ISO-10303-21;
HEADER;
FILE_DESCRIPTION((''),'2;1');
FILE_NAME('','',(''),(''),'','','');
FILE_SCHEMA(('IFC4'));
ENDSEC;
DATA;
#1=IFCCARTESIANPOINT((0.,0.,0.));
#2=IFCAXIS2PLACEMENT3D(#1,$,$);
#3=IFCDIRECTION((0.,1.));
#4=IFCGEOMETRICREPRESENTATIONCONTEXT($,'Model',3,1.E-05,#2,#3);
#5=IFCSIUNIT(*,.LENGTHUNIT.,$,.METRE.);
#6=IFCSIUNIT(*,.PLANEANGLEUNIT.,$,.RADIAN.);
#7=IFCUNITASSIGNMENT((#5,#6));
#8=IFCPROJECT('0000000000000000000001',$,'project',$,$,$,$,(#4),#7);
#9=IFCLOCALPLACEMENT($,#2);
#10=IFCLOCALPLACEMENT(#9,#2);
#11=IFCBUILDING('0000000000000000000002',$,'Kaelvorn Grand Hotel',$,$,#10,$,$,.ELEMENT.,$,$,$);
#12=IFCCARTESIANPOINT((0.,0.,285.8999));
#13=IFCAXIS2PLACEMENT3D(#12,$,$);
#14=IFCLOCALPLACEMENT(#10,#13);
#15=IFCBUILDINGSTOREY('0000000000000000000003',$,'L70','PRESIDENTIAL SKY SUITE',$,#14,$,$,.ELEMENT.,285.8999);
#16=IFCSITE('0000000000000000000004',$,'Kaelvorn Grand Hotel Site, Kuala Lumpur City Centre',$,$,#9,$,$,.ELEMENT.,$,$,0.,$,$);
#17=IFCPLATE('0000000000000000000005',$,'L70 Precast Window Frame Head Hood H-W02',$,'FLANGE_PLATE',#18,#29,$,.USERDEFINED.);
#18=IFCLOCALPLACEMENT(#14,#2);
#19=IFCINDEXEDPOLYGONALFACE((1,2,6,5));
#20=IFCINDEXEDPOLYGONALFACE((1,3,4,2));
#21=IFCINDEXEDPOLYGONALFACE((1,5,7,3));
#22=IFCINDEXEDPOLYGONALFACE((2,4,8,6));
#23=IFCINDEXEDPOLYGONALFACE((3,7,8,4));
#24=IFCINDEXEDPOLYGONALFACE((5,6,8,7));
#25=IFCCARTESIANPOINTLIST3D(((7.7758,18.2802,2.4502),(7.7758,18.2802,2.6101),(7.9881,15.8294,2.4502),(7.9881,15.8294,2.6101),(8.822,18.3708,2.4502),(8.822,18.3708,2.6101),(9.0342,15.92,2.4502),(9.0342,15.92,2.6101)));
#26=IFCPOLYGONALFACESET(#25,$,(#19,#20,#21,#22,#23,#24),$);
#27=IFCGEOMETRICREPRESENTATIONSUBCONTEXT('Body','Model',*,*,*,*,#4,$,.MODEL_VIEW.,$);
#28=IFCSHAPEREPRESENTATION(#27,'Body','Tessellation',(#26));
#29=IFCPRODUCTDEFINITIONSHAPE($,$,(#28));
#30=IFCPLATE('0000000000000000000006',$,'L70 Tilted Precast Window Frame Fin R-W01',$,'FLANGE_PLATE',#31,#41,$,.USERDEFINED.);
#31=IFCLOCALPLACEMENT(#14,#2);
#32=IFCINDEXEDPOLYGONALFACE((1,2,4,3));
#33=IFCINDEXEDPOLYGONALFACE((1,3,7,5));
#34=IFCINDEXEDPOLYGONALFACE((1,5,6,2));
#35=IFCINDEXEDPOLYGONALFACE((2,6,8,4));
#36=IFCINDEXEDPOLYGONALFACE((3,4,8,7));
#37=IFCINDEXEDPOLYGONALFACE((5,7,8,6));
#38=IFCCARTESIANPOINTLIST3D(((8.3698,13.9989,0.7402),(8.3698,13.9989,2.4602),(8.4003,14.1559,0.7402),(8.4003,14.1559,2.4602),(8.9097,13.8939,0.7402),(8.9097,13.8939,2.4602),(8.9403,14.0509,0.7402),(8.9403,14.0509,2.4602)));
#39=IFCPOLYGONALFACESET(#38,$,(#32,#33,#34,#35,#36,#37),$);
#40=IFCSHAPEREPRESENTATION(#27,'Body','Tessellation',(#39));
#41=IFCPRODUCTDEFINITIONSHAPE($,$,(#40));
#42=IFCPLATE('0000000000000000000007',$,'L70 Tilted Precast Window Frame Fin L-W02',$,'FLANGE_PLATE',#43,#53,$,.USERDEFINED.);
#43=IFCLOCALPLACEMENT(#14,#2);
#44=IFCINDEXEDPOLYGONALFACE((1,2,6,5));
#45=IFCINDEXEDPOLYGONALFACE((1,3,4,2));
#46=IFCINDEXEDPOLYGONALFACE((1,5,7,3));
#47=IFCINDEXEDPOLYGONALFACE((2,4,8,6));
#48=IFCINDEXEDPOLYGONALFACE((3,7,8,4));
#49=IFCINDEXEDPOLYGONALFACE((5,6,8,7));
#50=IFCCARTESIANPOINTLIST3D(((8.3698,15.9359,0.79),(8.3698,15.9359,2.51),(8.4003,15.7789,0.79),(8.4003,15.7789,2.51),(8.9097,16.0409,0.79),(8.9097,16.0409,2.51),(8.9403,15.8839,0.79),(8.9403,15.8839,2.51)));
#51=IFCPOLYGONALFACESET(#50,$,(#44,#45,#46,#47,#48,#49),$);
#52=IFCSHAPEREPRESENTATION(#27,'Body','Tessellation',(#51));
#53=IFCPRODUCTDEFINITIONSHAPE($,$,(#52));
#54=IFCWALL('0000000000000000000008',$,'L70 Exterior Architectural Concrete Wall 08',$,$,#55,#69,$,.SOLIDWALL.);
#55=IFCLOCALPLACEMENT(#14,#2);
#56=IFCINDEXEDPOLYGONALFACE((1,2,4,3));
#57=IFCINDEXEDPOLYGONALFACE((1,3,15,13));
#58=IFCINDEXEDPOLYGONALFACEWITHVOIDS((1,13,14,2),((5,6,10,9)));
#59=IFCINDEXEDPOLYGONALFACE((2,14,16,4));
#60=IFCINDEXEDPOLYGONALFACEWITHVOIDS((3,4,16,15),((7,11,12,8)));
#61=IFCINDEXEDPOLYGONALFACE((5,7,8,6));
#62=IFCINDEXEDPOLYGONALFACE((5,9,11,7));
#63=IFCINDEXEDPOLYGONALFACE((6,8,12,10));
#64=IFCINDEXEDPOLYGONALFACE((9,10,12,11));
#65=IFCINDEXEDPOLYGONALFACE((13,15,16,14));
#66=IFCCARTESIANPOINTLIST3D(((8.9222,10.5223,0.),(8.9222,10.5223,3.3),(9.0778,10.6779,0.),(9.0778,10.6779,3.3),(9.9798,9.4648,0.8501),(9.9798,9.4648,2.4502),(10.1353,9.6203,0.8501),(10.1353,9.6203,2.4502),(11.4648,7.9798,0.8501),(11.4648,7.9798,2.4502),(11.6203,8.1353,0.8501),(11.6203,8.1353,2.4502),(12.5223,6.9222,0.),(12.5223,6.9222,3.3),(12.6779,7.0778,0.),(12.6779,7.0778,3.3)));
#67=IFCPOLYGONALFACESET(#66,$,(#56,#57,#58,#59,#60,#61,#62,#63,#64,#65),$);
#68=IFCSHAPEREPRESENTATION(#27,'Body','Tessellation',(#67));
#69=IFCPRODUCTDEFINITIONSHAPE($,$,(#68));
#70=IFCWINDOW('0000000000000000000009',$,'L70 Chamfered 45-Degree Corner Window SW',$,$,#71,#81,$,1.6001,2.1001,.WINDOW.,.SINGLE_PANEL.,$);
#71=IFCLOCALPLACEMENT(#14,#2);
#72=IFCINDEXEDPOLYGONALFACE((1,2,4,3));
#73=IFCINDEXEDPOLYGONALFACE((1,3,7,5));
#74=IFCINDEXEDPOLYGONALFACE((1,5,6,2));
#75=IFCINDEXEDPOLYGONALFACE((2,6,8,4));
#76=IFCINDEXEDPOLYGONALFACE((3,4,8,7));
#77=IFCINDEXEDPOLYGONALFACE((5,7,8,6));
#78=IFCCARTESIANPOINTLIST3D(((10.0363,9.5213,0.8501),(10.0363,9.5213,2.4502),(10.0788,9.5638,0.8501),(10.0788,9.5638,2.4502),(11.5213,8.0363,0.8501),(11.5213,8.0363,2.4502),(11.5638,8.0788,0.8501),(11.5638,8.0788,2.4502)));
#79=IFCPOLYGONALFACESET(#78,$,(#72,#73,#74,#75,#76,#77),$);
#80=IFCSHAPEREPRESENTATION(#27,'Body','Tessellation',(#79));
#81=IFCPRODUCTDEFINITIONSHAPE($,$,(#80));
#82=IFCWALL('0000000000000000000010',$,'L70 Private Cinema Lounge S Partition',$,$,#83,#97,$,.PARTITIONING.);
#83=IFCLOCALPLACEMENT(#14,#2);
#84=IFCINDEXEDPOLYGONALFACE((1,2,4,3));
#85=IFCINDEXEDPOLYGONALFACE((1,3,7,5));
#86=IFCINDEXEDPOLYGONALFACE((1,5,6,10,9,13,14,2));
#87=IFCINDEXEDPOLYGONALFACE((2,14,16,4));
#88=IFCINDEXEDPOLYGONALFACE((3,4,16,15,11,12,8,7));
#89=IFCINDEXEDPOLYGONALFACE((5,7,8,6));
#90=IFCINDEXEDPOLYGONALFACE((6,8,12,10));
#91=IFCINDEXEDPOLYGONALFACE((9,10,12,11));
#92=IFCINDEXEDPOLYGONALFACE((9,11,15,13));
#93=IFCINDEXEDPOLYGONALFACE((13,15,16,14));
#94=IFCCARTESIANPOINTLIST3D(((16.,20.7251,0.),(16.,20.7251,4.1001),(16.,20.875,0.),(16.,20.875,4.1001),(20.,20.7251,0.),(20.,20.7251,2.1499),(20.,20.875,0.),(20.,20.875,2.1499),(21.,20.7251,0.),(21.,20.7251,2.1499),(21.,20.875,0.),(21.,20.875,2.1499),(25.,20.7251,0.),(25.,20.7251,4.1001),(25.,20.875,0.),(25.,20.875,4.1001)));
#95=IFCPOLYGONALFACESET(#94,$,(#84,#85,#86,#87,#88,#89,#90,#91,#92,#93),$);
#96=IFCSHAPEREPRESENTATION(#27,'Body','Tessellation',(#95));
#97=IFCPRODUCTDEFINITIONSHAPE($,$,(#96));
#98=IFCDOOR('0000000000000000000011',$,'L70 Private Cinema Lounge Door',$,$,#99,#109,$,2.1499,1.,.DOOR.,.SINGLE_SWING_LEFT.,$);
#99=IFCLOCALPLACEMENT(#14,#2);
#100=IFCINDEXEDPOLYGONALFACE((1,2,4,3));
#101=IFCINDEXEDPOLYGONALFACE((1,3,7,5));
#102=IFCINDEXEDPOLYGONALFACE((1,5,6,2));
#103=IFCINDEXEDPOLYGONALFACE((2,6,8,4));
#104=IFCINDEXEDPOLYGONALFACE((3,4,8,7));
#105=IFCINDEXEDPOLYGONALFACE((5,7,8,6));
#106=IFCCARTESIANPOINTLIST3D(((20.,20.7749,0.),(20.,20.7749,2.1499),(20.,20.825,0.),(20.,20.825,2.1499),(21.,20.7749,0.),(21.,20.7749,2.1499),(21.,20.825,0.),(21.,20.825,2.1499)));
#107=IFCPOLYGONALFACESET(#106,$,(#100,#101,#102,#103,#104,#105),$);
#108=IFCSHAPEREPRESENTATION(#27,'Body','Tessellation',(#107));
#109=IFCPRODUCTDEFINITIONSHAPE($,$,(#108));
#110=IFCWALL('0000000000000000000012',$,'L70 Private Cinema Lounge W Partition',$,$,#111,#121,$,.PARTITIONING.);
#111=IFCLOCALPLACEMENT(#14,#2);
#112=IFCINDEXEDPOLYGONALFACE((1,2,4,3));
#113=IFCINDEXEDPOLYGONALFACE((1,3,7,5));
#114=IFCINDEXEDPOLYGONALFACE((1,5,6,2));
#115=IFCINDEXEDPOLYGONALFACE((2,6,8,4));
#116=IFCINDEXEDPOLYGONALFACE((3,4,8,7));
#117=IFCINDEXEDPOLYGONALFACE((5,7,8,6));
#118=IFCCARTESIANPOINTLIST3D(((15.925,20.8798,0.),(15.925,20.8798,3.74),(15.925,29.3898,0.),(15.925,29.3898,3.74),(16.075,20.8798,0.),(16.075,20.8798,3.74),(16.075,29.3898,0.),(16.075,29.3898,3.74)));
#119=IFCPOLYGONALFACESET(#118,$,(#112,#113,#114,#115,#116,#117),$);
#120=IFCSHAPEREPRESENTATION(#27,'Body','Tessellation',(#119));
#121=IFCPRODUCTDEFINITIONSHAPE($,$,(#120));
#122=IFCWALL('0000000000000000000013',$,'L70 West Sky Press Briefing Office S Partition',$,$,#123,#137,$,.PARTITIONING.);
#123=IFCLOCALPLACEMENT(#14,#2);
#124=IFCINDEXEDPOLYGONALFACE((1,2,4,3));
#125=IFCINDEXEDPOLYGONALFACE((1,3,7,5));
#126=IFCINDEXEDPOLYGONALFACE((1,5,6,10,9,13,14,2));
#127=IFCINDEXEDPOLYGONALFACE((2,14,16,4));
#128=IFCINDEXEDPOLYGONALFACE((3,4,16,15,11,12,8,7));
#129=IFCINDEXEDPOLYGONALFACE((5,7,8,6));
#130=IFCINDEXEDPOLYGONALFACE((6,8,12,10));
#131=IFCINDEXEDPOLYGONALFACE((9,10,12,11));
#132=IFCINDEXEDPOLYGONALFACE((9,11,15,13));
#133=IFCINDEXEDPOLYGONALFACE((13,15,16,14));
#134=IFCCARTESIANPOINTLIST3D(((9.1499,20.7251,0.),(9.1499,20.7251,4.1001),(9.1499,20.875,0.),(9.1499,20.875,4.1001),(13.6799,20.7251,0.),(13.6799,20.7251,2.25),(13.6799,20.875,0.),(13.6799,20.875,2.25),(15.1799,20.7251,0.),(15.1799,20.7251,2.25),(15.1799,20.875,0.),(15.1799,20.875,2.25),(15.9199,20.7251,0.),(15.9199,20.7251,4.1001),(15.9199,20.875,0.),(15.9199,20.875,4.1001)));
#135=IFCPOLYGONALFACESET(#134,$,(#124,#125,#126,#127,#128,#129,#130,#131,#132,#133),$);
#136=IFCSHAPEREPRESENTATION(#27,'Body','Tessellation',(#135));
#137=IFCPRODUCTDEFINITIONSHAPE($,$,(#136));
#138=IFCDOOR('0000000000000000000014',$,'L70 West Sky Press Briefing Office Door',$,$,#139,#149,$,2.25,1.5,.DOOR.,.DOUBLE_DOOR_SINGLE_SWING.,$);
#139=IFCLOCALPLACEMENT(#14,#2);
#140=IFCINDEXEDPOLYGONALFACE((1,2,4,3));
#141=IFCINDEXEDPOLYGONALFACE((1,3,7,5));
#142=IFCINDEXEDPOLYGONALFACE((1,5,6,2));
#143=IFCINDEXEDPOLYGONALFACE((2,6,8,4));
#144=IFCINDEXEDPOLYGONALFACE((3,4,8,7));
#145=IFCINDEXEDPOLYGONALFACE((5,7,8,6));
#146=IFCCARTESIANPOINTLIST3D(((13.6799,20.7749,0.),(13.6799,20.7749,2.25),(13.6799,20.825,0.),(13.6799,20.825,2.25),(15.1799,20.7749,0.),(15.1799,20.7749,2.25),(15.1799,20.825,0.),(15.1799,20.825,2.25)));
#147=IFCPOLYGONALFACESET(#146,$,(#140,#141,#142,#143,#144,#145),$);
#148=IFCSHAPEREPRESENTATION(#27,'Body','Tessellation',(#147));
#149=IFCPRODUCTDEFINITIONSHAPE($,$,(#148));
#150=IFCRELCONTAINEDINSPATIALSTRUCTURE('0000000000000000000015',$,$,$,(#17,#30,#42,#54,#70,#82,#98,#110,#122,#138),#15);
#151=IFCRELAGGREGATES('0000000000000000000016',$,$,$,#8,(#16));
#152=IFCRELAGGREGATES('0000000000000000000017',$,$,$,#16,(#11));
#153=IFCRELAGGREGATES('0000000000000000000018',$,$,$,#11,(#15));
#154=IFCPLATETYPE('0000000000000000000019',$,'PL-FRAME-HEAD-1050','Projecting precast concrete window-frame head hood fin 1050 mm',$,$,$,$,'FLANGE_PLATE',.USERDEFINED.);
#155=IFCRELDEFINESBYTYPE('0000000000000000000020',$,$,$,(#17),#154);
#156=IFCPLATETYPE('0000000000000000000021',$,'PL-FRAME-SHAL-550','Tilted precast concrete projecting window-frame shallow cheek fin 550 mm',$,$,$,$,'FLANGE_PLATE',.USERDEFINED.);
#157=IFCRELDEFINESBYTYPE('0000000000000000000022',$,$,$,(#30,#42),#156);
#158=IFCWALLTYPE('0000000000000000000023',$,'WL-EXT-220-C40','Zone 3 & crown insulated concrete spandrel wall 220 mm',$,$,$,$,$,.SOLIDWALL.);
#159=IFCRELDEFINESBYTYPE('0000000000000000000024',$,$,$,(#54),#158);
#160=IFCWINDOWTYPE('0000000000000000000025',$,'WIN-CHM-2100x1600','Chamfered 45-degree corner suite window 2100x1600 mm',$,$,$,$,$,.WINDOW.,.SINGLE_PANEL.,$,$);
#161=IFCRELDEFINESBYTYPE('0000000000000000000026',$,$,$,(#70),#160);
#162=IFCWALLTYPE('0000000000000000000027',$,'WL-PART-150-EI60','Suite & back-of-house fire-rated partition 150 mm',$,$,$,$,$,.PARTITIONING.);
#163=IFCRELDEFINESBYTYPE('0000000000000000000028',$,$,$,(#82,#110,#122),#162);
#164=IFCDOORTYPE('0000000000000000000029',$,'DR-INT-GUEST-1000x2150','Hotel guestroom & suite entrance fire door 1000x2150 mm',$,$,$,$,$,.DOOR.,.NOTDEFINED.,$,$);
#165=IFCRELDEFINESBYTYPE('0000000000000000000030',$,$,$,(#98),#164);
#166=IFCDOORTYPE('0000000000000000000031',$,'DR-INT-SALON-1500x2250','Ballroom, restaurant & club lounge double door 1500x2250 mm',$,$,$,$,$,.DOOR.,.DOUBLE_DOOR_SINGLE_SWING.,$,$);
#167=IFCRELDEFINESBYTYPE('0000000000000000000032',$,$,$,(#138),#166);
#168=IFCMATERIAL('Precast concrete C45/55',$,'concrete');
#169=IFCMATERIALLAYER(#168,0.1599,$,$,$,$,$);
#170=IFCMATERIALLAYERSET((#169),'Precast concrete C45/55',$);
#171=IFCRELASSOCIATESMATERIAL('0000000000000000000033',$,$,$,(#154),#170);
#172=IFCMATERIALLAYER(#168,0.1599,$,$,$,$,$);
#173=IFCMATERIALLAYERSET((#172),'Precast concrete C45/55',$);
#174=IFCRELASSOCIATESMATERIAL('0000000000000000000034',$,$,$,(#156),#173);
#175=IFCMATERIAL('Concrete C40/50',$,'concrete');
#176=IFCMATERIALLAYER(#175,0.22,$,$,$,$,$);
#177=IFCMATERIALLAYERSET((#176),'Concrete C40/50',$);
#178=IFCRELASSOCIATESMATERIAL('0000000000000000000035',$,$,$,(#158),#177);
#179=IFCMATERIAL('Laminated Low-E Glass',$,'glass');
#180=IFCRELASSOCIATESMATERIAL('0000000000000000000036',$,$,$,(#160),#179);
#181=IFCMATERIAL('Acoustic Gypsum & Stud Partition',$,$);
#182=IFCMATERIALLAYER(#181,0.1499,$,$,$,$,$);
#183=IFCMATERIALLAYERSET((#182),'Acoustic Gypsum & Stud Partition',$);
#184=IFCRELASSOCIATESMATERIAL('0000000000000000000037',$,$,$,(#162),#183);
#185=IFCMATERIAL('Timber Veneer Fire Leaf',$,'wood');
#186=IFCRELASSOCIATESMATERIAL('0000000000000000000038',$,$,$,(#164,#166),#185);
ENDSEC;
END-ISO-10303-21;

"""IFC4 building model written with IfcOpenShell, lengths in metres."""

from ifc_helpers import new_model, si_unit, direction, frame, frame_2d, origin, origin_2d, place, context, subcontext, project, spatial, rectangle, extrude, material, layer, layer_set, type_object, element, fill, save


model = new_model("IFC4")

# Units and contexts
model_context = context("Model", 3, precision=1e-05, world=origin(), true_north=direction((0.0, 1.0)))
body_context = subcontext(model_context, "Body", "Model", "MODEL_VIEW")
ifc_project = project(units=[si_unit("LENGTHUNIT", "METRE"), si_unit("PLANEANGLEUNIT", "RADIAN")], contexts=[model_context])

# Site, building, storey
site_placement = place(None, origin())
site = spatial("IfcSite", under=ifc_project, at=site_placement, Name="Kaelvorn Grand Hotel Site, Kuala Lumpur City Centre", CompositionType="ELEMENT", RefElevation=0.0)
building_placement = place(site_placement, origin())
building = spatial("IfcBuilding", under=site, at=building_placement, Name="Kaelvorn Grand Hotel", CompositionType="ELEMENT")
storey_placement = place(building_placement, frame((0.0, 0.0, 285.8999)))
storey = spatial("IfcBuildingStorey", under=building, at=storey_placement, Name="L70", Description="PRESIDENTIAL SKY SUITE", CompositionType="ELEMENT", Elevation=285.8999)

# Plates
ifc_material_1 = material(Name="Precast concrete C45/55", Category="concrete")
ifc_layer_1 = layer(ifc_material_1, 0.1599)
ifc_layer_set_1 = layer_set([ifc_layer_1], Name="Precast concrete C45/55")
plate_type_1 = type_object("IfcPlateType", Name="PL-FRAME-HEAD-1050", Description="Projecting precast concrete window-frame head hood fin 1050 mm", ElementType="FLANGE_PLATE", PredefinedType="USERDEFINED", material=ifc_layer_set_1)
plate_1_placement = place(storey_placement, frame((8.405, 17.1001, 2.4502), z_axis=(0.0, 0.0, 1.0), x_axis=(-0.086286, 0.99627, 0.0)))
element("IfcPlate", 1, at=plate_1_placement, inside=storey, type_object=plate_type_1, Name="L70 Precast Window Frame Head Hood H-W02", ObjectType="FLANGE_PLATE", PredefinedType="USERDEFINED", context=body_context, shape_type="SweptSolid", body=[
    extrude(rectangle(XDim=2.46, YDim=1.05, at=origin_2d()), origin(), (0.0, 0.0, 1.0), 0.1599),
])
ifc_layer_2 = layer(ifc_material_1, 0.1599)
ifc_layer_set_2 = layer_set([ifc_layer_2], Name="Precast concrete C45/55")
plate_type_2 = type_object("IfcPlateType", Name="PL-FRAME-SHAL-550", Description="Tilted precast concrete projecting window-frame shallow cheek fin 550 mm", ElementType="FLANGE_PLATE", PredefinedType="USERDEFINED", material=ifc_layer_set_2)
for number, where, z_axis, x_axis, name in (
    (2, (8.655, 14.0249, 0.7402), (0.0, 0.0, 1.0), (0.190809, 0.981627, 0.0), "L70 Tilted Precast Window Frame Fin R-W01"),
    (3, (8.655, 15.9099, 0.79), (0.0, 0.0, 1.0), (-0.190809, 0.981627, 0.0), "L70 Tilted Precast Window Frame Fin L-W02"),
):
    element("IfcPlate", number, at=place(storey_placement, frame(where, z_axis=z_axis, x_axis=x_axis)), inside=storey, type_object=plate_type_2, Name=name, ObjectType="FLANGE_PLATE", PredefinedType="USERDEFINED", context=body_context, shape_type="SweptSolid", body=[
        extrude(rectangle(XDim=0.1599, YDim=0.55, at=origin_2d()), origin(), (0.0, 0.0, 1.0), 1.72),
    ])

# Wall, opening, window
ifc_material_2 = material(Name="Concrete C40/50", Category="concrete")
ifc_layer_3 = layer(ifc_material_2, 0.22)
ifc_layer_set_3 = layer_set([ifc_layer_3], Name="Concrete C40/50")
wall_type_1 = type_object("IfcWallType", Name="WL-EXT-220-C40", Description="Zone 3 & crown insulated concrete spandrel wall 220 mm", PredefinedType="SOLIDWALL", material=ifc_layer_set_3)
wall_1_placement = place(storey_placement, frame((9.0, 10.6001, 0.0), z_axis=(0.0, 0.0, 1.0), x_axis=(0.707107, -0.707107, 0.0)))
wall_1 = element("IfcWall", 4, at=wall_1_placement, inside=storey, type_object=wall_type_1, Name="L70 Exterior Architectural Concrete Wall 08", PredefinedType="SOLIDWALL", context=body_context, shape_type="SweptSolid", body=[
    extrude(rectangle(XDim=5.0913, YDim=0.22, at=frame_2d((2.5457, 0.0))), origin(), (0.0, 0.0, 1.0), 3.3),
])
opening_1_placement = place(wall_1_placement, frame((1.4956, 0.0, 0.8501)))
opening_1 = element("IfcOpeningElement", 5, at=opening_1_placement, cuts=wall_1, PredefinedType="OPENING", context=body_context, shape_type="SweptSolid", body=[
    extrude(rectangle(XDim=2.1001, YDim=1.6001, at=frame_2d((1.05, 0.8))), frame((0.0, 0.1201, 0.0), z_axis=(0.0, -1.0, 0.0), x_axis=(1.0, 0.0, 0.0)), (0.0, 0.0, 1.0), 0.24),
])
ifc_material_3 = material(Name="Laminated Low-E Glass", Category="glass")
window_type = type_object("IfcWindowType", Name="WIN-CHM-2100x1600", Description="Chamfered 45-degree corner suite window 2100x1600 mm", PartitioningType="SINGLE_PANEL", PredefinedType="WINDOW", material=ifc_material_3)
window_placement = place(opening_1_placement, origin())
window = element("IfcWindow", 6, at=window_placement, inside=storey, type_object=window_type, Name="L70 Chamfered 45-Degree Corner Window SW", OverallHeight=1.6001, OverallWidth=2.1001, PartitioningType="SINGLE_PANEL", PredefinedType="WINDOW", context=body_context, shape_type="SweptSolid", body=[
    extrude(rectangle(XDim=2.1001, YDim=1.6001, at=frame_2d((1.05, 0.8))), frame((0.0, 0.03, 0.0), z_axis=(0.0, -1.0, 0.0), x_axis=(1.0, 0.0, 0.0)), (0.0, 0.0, 1.0), 0.0601),
])
fill(opening_1, window)

# Wall, opening, door
ifc_material_4 = material(Name="Acoustic Gypsum & Stud Partition")
ifc_layer_4 = layer(ifc_material_4, 0.1499)
ifc_layer_set_4 = layer_set([ifc_layer_4], Name="Acoustic Gypsum & Stud Partition")
wall_type_2 = type_object("IfcWallType", Name="WL-PART-150-EI60", Description="Suite & back-of-house fire-rated partition 150 mm", PredefinedType="PARTITIONING", material=ifc_layer_set_4)
wall_2_placement = place(storey_placement, frame((16.0, 20.8, 0.0), z_axis=(0.0, 0.0, 1.0), x_axis=(1.0, 0.0, 0.0)))
wall_2 = element("IfcWall", 7, at=wall_2_placement, inside=storey, type_object=wall_type_2, Name="L70 Private Cinema Lounge S Partition", PredefinedType="PARTITIONING", context=body_context, shape_type="SweptSolid", body=[
    extrude(rectangle(XDim=9.0, YDim=0.1499, at=frame_2d((4.5, 0.0))), origin(), (0.0, 0.0, 1.0), 4.1001),
])
opening_2_placement = place(wall_2_placement, frame((4.0, 0.0, 0.0)))
opening_2 = element("IfcOpeningElement", 8, at=opening_2_placement, cuts=wall_2, PredefinedType="OPENING", context=body_context, shape_type="SweptSolid", body=[
    extrude(rectangle(XDim=1.0, YDim=2.1499, at=frame_2d((0.5, 1.075))), frame((0.0, 0.085, 0.0), z_axis=(0.0, -1.0, 0.0), x_axis=(1.0, 0.0, 0.0)), (0.0, 0.0, 1.0), 0.1699),
])
ifc_material_5 = material(Name="Timber Veneer Fire Leaf", Category="wood")
door_type_1 = type_object("IfcDoorType", Name="DR-INT-GUEST-1000x2150", Description="Hotel guestroom & suite entrance fire door 1000x2150 mm", OperationType="NOTDEFINED", PredefinedType="DOOR", material=ifc_material_5)
door_1_placement = place(opening_2_placement, origin())
door_1 = element("IfcDoor", 9, at=door_1_placement, inside=storey, type_object=door_type_1, Name="L70 Private Cinema Lounge Door", OperationType="SINGLE_SWING_LEFT", OverallHeight=2.1499, OverallWidth=1.0, PredefinedType="DOOR", context=body_context, shape_type="SweptSolid", body=[
    extrude(rectangle(XDim=1.0, YDim=2.1499, at=frame_2d((0.5, 1.075))), frame((0.0, 0.0249, 0.0), z_axis=(0.0, -1.0, 0.0), x_axis=(1.0, 0.0, 0.0)), (0.0, 0.0, 1.0), 0.05),
])
fill(opening_2, door_1)

# Wall
wall_3_placement = place(storey_placement, frame((16.0, 20.8799, 0.0), z_axis=(0.0, 0.0, 1.0), x_axis=(0.0, 1.0, 0.0)))
element("IfcWall", 10, at=wall_3_placement, inside=storey, type_object=wall_type_2, Name="L70 Private Cinema Lounge W Partition", PredefinedType="PARTITIONING", context=body_context, shape_type="SweptSolid", body=[
    extrude(rectangle(XDim=8.51, YDim=0.1499, at=frame_2d((4.2549, 0.0))), origin(), (0.0, 0.0, 1.0), 3.74),
])

# Wall, opening, door
wall_4_placement = place(storey_placement, frame((9.1499, 20.8, 0.0), z_axis=(0.0, 0.0, 1.0), x_axis=(1.0, 0.0, 0.0)))
wall_4 = element("IfcWall", 11, at=wall_4_placement, inside=storey, type_object=wall_type_2, Name="L70 West Sky Press Briefing Office S Partition", PredefinedType="PARTITIONING", context=body_context, shape_type="SweptSolid", body=[
    extrude(rectangle(XDim=6.77, YDim=0.1499, at=frame_2d((3.385, 0.0))), origin(), (0.0, 0.0, 1.0), 4.1001),
])
opening_3_placement = place(wall_4_placement, frame((4.53, 0.0, 0.0)))
opening_3 = element("IfcOpeningElement", 12, at=opening_3_placement, cuts=wall_4, PredefinedType="OPENING", context=body_context, shape_type="SweptSolid", body=[
    extrude(rectangle(XDim=1.5, YDim=2.25, at=frame_2d((0.75, 1.125))), frame((0.0, 0.085, 0.0), z_axis=(0.0, -1.0, 0.0), x_axis=(1.0, 0.0, 0.0)), (0.0, 0.0, 1.0), 0.1699),
])
door_type_2 = type_object("IfcDoorType", Name="DR-INT-SALON-1500x2250", Description="Ballroom, restaurant & club lounge double door 1500x2250 mm", OperationType="DOUBLE_DOOR_SINGLE_SWING", PredefinedType="DOOR", material=ifc_material_5)
door_2_placement = place(opening_3_placement, origin())
door_2 = element("IfcDoor", 13, at=door_2_placement, inside=storey, type_object=door_type_2, Name="L70 West Sky Press Briefing Office Door", OperationType="DOUBLE_DOOR_SINGLE_SWING", OverallHeight=2.25, OverallWidth=1.5, PredefinedType="DOOR", context=body_context, shape_type="SweptSolid", body=[
    extrude(rectangle(XDim=1.5, YDim=2.25, at=frame_2d((0.75, 1.125))), frame((0.0, 0.0249, 0.0), z_axis=(0.0, -1.0, 0.0), x_axis=(1.0, 0.0, 0.0)), (0.0, 0.0, 1.0), 0.05),
])
fill(opening_3, door_2)

save(model, "model.ifc")
